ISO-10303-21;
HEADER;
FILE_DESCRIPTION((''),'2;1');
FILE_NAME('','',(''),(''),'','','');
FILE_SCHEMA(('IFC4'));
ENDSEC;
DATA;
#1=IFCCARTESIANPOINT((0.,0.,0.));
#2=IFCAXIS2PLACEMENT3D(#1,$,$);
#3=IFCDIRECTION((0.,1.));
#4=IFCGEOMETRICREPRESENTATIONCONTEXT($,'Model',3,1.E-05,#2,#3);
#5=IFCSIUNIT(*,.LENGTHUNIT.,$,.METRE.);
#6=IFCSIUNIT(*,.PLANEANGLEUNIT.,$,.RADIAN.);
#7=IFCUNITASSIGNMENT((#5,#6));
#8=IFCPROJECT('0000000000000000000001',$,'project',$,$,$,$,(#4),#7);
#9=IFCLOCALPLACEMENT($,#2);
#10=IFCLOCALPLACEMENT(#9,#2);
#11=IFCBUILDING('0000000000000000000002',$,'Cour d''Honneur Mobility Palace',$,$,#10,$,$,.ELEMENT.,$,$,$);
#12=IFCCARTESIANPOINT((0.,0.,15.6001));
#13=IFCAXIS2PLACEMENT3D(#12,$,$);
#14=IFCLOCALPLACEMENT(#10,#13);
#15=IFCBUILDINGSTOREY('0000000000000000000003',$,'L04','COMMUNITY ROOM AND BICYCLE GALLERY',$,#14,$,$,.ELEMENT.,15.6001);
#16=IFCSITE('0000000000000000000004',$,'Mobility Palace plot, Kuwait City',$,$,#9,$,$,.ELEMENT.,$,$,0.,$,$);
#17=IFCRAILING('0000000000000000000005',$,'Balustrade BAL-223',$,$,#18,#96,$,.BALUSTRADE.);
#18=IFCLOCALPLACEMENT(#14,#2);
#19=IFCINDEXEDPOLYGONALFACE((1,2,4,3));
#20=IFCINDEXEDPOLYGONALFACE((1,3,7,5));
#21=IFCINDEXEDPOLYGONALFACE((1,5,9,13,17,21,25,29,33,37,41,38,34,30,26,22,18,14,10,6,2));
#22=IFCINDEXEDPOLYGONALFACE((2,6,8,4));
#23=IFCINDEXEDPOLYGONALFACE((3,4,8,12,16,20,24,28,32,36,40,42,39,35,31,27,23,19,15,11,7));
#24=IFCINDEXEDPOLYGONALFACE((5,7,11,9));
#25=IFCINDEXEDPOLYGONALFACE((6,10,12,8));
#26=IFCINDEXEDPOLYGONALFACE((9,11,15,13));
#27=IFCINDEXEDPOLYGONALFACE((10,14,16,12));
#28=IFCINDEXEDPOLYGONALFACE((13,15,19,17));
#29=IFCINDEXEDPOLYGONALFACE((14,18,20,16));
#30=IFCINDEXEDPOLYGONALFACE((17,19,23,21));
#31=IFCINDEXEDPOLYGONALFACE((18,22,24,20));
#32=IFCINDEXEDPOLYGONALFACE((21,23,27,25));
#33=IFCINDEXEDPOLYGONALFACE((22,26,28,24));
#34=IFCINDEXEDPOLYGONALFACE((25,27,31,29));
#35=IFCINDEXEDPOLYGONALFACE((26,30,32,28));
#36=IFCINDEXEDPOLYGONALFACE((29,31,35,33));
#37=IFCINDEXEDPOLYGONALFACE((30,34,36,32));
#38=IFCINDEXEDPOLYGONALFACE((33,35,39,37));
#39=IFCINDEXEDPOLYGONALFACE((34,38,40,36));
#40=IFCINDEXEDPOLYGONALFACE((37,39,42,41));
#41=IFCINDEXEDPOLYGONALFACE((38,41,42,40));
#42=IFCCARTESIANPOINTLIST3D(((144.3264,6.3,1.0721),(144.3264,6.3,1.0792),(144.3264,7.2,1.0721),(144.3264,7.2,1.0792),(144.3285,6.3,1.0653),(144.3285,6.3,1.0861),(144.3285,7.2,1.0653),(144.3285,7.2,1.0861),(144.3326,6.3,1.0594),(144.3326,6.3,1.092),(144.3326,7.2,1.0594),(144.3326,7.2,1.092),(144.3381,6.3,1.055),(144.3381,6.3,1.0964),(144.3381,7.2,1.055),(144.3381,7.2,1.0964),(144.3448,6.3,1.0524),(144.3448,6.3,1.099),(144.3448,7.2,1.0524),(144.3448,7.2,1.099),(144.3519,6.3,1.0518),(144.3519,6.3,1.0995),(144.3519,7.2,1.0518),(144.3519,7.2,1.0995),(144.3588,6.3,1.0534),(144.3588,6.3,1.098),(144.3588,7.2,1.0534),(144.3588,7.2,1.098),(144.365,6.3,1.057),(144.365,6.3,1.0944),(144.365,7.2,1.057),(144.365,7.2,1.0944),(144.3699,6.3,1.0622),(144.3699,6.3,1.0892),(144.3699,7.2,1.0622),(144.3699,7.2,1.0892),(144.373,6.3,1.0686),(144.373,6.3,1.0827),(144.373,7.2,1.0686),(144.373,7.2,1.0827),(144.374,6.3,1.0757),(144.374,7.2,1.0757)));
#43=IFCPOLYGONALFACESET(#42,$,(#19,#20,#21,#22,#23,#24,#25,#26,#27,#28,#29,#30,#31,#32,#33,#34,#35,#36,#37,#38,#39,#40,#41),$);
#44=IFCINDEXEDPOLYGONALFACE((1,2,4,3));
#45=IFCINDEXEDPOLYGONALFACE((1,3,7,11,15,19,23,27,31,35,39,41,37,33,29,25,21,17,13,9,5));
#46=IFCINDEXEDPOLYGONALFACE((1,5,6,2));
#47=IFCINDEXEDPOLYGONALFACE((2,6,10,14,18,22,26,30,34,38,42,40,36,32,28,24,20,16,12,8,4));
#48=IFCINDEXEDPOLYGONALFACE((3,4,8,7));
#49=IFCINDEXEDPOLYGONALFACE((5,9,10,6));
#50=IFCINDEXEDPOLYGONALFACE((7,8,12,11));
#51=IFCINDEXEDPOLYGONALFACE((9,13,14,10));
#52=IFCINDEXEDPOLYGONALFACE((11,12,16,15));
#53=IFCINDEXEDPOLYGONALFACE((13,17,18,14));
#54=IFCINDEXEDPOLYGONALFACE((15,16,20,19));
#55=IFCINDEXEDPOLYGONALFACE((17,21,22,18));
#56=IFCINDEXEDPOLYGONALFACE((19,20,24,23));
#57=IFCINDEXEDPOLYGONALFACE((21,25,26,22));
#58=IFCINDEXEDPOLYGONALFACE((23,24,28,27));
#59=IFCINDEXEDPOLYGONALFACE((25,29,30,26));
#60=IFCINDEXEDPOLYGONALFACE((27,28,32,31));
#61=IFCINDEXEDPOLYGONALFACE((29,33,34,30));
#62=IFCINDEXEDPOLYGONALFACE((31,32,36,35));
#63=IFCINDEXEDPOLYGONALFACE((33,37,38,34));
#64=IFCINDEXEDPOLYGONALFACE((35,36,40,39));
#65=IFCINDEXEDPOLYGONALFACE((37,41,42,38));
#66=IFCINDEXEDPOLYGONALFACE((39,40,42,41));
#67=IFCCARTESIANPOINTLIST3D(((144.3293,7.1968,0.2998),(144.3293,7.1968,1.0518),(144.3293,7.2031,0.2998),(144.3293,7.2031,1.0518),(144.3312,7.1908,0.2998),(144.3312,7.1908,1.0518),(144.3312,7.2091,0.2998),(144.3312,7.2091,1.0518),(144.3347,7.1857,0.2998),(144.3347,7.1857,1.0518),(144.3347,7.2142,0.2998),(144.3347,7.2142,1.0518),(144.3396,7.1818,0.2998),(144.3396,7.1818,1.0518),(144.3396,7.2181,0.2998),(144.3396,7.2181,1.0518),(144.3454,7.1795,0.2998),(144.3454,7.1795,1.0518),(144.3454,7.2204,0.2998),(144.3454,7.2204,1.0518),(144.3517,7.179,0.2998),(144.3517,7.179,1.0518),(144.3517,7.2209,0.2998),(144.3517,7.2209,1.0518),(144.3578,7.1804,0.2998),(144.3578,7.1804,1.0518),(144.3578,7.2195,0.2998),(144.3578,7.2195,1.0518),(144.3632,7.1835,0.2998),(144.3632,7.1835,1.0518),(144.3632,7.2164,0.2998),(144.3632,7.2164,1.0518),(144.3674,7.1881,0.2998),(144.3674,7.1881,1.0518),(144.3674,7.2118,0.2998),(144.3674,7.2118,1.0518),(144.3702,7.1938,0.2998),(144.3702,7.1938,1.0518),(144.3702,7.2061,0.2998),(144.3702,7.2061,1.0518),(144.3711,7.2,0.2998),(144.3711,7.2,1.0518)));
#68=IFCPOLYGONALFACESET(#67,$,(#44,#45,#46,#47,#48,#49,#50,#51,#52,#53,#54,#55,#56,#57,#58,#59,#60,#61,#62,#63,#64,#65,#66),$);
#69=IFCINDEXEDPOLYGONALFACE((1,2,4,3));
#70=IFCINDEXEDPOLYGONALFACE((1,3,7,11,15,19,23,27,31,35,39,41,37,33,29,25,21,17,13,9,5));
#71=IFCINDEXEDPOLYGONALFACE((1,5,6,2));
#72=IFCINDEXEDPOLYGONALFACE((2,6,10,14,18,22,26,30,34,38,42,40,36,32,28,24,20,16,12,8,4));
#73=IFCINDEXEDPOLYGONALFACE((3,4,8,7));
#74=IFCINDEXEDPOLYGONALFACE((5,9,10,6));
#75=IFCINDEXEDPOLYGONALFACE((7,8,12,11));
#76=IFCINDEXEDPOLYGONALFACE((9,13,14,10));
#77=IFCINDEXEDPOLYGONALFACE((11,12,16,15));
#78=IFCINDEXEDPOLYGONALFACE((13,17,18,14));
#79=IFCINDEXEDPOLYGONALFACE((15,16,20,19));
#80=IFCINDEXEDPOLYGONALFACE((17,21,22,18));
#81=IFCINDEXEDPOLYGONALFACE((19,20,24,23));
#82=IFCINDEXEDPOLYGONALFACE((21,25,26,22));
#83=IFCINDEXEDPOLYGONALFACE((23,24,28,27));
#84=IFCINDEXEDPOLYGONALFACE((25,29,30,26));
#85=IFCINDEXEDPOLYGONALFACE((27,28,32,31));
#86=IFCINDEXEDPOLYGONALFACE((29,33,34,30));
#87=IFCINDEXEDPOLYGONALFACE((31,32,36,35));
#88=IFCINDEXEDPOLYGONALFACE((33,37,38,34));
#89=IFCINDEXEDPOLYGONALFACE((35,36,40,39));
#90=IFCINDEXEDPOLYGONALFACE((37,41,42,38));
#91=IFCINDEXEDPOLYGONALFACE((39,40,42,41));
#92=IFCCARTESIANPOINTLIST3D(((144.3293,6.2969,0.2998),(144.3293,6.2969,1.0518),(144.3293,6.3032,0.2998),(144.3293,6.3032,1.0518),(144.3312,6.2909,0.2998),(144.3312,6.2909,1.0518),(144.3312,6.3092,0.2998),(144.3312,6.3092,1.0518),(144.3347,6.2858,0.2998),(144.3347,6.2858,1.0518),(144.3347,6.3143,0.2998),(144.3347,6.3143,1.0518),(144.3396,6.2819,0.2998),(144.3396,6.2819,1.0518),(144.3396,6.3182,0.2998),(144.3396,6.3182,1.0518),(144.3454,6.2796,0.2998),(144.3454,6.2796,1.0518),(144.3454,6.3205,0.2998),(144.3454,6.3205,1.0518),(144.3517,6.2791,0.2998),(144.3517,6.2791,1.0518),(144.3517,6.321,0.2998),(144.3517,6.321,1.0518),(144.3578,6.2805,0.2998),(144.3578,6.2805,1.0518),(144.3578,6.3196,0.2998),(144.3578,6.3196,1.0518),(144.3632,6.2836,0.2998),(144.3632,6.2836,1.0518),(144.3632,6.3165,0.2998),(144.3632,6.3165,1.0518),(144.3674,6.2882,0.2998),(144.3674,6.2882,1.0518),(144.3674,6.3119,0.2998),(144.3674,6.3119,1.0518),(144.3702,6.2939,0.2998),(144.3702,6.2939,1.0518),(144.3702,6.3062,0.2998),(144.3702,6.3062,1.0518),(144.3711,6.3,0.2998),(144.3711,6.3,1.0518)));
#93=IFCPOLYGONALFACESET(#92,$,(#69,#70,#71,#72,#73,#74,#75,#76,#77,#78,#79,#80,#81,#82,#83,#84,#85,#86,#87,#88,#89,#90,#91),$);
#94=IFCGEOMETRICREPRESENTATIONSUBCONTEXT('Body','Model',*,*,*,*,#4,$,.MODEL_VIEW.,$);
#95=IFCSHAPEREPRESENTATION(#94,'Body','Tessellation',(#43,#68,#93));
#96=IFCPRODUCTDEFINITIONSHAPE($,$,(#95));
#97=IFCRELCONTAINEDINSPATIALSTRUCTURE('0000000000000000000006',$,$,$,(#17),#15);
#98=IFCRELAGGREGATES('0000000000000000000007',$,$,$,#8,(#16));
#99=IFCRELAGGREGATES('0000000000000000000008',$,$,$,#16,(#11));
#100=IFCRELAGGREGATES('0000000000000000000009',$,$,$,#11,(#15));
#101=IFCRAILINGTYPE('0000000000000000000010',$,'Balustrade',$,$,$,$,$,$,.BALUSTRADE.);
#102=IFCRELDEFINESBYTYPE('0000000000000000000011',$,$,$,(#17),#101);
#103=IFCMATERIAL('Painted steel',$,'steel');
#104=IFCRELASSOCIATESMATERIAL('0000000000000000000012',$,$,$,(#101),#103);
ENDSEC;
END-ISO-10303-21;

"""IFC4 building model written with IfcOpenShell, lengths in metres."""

from ifc_helpers import new_model, si_unit, direction, frame, origin, origin_2d, place, context, subcontext, project, spatial, circle, extrude, material, type_object, element, save


model = new_model("IFC4")

# Units and contexts
model_context = context("Model", 3, precision=1e-05, world=origin(), true_north=direction((0.0, 1.0)))
body_context = subcontext(model_context, "Body", "Model", "MODEL_VIEW")
ifc_project = project(units=[si_unit("LENGTHUNIT", "METRE"), si_unit("PLANEANGLEUNIT", "RADIAN")], contexts=[model_context])

# Site, building, storey
site_placement = place(None, origin())
site = spatial("IfcSite", under=ifc_project, at=site_placement, Name="Mobility Palace plot, Kuwait City", CompositionType="ELEMENT", RefElevation=0.0)
building_placement = place(site_placement, origin())
building = spatial("IfcBuilding", under=site, at=building_placement, Name="Cour d'Honneur Mobility Palace", CompositionType="ELEMENT")
storey_placement = place(building_placement, frame((0.0, 0.0, 15.6001)))
storey = spatial("IfcBuildingStorey", under=building, at=storey_placement, Name="L04", Description="COMMUNITY ROOM AND BICYCLE GALLERY", CompositionType="ELEMENT", Elevation=15.6001)

# Railing
ifc_material_1 = material(Name="Painted steel", Category="steel")
railing_type_1 = type_object("IfcRailingType", Name="Balustrade", PredefinedType="BALUSTRADE", material=ifc_material_1)
railing_1_placement = place(storey_placement, frame((144.3501, 7.2, 0.2998)))
element("IfcRailing", 1, at=railing_1_placement, inside=storey, type_object=railing_type_1, Name="Balustrade BAL-223", PredefinedType="BALUSTRADE", context=body_context, shape_type="SweptSolid", body=[
    extrude(circle(Radius=0.0239, at=origin_2d()), frame((0.0, 0.0, 0.7759), z_axis=(0.0, -1.0, 0.0), x_axis=(1.0, 0.0, 0.0)), (0.0, 0.0, 1.0), 0.8999),
    extrude(circle(Radius=0.021, at=origin_2d()), origin(), (0.0, 0.0, 1.0), 0.752),
    extrude(circle(Radius=0.021, at=origin_2d()), frame((0.0, -0.8999, 0.0)), (0.0, 0.0, 1.0), 0.752),
])

save(model, "model.ifc")
